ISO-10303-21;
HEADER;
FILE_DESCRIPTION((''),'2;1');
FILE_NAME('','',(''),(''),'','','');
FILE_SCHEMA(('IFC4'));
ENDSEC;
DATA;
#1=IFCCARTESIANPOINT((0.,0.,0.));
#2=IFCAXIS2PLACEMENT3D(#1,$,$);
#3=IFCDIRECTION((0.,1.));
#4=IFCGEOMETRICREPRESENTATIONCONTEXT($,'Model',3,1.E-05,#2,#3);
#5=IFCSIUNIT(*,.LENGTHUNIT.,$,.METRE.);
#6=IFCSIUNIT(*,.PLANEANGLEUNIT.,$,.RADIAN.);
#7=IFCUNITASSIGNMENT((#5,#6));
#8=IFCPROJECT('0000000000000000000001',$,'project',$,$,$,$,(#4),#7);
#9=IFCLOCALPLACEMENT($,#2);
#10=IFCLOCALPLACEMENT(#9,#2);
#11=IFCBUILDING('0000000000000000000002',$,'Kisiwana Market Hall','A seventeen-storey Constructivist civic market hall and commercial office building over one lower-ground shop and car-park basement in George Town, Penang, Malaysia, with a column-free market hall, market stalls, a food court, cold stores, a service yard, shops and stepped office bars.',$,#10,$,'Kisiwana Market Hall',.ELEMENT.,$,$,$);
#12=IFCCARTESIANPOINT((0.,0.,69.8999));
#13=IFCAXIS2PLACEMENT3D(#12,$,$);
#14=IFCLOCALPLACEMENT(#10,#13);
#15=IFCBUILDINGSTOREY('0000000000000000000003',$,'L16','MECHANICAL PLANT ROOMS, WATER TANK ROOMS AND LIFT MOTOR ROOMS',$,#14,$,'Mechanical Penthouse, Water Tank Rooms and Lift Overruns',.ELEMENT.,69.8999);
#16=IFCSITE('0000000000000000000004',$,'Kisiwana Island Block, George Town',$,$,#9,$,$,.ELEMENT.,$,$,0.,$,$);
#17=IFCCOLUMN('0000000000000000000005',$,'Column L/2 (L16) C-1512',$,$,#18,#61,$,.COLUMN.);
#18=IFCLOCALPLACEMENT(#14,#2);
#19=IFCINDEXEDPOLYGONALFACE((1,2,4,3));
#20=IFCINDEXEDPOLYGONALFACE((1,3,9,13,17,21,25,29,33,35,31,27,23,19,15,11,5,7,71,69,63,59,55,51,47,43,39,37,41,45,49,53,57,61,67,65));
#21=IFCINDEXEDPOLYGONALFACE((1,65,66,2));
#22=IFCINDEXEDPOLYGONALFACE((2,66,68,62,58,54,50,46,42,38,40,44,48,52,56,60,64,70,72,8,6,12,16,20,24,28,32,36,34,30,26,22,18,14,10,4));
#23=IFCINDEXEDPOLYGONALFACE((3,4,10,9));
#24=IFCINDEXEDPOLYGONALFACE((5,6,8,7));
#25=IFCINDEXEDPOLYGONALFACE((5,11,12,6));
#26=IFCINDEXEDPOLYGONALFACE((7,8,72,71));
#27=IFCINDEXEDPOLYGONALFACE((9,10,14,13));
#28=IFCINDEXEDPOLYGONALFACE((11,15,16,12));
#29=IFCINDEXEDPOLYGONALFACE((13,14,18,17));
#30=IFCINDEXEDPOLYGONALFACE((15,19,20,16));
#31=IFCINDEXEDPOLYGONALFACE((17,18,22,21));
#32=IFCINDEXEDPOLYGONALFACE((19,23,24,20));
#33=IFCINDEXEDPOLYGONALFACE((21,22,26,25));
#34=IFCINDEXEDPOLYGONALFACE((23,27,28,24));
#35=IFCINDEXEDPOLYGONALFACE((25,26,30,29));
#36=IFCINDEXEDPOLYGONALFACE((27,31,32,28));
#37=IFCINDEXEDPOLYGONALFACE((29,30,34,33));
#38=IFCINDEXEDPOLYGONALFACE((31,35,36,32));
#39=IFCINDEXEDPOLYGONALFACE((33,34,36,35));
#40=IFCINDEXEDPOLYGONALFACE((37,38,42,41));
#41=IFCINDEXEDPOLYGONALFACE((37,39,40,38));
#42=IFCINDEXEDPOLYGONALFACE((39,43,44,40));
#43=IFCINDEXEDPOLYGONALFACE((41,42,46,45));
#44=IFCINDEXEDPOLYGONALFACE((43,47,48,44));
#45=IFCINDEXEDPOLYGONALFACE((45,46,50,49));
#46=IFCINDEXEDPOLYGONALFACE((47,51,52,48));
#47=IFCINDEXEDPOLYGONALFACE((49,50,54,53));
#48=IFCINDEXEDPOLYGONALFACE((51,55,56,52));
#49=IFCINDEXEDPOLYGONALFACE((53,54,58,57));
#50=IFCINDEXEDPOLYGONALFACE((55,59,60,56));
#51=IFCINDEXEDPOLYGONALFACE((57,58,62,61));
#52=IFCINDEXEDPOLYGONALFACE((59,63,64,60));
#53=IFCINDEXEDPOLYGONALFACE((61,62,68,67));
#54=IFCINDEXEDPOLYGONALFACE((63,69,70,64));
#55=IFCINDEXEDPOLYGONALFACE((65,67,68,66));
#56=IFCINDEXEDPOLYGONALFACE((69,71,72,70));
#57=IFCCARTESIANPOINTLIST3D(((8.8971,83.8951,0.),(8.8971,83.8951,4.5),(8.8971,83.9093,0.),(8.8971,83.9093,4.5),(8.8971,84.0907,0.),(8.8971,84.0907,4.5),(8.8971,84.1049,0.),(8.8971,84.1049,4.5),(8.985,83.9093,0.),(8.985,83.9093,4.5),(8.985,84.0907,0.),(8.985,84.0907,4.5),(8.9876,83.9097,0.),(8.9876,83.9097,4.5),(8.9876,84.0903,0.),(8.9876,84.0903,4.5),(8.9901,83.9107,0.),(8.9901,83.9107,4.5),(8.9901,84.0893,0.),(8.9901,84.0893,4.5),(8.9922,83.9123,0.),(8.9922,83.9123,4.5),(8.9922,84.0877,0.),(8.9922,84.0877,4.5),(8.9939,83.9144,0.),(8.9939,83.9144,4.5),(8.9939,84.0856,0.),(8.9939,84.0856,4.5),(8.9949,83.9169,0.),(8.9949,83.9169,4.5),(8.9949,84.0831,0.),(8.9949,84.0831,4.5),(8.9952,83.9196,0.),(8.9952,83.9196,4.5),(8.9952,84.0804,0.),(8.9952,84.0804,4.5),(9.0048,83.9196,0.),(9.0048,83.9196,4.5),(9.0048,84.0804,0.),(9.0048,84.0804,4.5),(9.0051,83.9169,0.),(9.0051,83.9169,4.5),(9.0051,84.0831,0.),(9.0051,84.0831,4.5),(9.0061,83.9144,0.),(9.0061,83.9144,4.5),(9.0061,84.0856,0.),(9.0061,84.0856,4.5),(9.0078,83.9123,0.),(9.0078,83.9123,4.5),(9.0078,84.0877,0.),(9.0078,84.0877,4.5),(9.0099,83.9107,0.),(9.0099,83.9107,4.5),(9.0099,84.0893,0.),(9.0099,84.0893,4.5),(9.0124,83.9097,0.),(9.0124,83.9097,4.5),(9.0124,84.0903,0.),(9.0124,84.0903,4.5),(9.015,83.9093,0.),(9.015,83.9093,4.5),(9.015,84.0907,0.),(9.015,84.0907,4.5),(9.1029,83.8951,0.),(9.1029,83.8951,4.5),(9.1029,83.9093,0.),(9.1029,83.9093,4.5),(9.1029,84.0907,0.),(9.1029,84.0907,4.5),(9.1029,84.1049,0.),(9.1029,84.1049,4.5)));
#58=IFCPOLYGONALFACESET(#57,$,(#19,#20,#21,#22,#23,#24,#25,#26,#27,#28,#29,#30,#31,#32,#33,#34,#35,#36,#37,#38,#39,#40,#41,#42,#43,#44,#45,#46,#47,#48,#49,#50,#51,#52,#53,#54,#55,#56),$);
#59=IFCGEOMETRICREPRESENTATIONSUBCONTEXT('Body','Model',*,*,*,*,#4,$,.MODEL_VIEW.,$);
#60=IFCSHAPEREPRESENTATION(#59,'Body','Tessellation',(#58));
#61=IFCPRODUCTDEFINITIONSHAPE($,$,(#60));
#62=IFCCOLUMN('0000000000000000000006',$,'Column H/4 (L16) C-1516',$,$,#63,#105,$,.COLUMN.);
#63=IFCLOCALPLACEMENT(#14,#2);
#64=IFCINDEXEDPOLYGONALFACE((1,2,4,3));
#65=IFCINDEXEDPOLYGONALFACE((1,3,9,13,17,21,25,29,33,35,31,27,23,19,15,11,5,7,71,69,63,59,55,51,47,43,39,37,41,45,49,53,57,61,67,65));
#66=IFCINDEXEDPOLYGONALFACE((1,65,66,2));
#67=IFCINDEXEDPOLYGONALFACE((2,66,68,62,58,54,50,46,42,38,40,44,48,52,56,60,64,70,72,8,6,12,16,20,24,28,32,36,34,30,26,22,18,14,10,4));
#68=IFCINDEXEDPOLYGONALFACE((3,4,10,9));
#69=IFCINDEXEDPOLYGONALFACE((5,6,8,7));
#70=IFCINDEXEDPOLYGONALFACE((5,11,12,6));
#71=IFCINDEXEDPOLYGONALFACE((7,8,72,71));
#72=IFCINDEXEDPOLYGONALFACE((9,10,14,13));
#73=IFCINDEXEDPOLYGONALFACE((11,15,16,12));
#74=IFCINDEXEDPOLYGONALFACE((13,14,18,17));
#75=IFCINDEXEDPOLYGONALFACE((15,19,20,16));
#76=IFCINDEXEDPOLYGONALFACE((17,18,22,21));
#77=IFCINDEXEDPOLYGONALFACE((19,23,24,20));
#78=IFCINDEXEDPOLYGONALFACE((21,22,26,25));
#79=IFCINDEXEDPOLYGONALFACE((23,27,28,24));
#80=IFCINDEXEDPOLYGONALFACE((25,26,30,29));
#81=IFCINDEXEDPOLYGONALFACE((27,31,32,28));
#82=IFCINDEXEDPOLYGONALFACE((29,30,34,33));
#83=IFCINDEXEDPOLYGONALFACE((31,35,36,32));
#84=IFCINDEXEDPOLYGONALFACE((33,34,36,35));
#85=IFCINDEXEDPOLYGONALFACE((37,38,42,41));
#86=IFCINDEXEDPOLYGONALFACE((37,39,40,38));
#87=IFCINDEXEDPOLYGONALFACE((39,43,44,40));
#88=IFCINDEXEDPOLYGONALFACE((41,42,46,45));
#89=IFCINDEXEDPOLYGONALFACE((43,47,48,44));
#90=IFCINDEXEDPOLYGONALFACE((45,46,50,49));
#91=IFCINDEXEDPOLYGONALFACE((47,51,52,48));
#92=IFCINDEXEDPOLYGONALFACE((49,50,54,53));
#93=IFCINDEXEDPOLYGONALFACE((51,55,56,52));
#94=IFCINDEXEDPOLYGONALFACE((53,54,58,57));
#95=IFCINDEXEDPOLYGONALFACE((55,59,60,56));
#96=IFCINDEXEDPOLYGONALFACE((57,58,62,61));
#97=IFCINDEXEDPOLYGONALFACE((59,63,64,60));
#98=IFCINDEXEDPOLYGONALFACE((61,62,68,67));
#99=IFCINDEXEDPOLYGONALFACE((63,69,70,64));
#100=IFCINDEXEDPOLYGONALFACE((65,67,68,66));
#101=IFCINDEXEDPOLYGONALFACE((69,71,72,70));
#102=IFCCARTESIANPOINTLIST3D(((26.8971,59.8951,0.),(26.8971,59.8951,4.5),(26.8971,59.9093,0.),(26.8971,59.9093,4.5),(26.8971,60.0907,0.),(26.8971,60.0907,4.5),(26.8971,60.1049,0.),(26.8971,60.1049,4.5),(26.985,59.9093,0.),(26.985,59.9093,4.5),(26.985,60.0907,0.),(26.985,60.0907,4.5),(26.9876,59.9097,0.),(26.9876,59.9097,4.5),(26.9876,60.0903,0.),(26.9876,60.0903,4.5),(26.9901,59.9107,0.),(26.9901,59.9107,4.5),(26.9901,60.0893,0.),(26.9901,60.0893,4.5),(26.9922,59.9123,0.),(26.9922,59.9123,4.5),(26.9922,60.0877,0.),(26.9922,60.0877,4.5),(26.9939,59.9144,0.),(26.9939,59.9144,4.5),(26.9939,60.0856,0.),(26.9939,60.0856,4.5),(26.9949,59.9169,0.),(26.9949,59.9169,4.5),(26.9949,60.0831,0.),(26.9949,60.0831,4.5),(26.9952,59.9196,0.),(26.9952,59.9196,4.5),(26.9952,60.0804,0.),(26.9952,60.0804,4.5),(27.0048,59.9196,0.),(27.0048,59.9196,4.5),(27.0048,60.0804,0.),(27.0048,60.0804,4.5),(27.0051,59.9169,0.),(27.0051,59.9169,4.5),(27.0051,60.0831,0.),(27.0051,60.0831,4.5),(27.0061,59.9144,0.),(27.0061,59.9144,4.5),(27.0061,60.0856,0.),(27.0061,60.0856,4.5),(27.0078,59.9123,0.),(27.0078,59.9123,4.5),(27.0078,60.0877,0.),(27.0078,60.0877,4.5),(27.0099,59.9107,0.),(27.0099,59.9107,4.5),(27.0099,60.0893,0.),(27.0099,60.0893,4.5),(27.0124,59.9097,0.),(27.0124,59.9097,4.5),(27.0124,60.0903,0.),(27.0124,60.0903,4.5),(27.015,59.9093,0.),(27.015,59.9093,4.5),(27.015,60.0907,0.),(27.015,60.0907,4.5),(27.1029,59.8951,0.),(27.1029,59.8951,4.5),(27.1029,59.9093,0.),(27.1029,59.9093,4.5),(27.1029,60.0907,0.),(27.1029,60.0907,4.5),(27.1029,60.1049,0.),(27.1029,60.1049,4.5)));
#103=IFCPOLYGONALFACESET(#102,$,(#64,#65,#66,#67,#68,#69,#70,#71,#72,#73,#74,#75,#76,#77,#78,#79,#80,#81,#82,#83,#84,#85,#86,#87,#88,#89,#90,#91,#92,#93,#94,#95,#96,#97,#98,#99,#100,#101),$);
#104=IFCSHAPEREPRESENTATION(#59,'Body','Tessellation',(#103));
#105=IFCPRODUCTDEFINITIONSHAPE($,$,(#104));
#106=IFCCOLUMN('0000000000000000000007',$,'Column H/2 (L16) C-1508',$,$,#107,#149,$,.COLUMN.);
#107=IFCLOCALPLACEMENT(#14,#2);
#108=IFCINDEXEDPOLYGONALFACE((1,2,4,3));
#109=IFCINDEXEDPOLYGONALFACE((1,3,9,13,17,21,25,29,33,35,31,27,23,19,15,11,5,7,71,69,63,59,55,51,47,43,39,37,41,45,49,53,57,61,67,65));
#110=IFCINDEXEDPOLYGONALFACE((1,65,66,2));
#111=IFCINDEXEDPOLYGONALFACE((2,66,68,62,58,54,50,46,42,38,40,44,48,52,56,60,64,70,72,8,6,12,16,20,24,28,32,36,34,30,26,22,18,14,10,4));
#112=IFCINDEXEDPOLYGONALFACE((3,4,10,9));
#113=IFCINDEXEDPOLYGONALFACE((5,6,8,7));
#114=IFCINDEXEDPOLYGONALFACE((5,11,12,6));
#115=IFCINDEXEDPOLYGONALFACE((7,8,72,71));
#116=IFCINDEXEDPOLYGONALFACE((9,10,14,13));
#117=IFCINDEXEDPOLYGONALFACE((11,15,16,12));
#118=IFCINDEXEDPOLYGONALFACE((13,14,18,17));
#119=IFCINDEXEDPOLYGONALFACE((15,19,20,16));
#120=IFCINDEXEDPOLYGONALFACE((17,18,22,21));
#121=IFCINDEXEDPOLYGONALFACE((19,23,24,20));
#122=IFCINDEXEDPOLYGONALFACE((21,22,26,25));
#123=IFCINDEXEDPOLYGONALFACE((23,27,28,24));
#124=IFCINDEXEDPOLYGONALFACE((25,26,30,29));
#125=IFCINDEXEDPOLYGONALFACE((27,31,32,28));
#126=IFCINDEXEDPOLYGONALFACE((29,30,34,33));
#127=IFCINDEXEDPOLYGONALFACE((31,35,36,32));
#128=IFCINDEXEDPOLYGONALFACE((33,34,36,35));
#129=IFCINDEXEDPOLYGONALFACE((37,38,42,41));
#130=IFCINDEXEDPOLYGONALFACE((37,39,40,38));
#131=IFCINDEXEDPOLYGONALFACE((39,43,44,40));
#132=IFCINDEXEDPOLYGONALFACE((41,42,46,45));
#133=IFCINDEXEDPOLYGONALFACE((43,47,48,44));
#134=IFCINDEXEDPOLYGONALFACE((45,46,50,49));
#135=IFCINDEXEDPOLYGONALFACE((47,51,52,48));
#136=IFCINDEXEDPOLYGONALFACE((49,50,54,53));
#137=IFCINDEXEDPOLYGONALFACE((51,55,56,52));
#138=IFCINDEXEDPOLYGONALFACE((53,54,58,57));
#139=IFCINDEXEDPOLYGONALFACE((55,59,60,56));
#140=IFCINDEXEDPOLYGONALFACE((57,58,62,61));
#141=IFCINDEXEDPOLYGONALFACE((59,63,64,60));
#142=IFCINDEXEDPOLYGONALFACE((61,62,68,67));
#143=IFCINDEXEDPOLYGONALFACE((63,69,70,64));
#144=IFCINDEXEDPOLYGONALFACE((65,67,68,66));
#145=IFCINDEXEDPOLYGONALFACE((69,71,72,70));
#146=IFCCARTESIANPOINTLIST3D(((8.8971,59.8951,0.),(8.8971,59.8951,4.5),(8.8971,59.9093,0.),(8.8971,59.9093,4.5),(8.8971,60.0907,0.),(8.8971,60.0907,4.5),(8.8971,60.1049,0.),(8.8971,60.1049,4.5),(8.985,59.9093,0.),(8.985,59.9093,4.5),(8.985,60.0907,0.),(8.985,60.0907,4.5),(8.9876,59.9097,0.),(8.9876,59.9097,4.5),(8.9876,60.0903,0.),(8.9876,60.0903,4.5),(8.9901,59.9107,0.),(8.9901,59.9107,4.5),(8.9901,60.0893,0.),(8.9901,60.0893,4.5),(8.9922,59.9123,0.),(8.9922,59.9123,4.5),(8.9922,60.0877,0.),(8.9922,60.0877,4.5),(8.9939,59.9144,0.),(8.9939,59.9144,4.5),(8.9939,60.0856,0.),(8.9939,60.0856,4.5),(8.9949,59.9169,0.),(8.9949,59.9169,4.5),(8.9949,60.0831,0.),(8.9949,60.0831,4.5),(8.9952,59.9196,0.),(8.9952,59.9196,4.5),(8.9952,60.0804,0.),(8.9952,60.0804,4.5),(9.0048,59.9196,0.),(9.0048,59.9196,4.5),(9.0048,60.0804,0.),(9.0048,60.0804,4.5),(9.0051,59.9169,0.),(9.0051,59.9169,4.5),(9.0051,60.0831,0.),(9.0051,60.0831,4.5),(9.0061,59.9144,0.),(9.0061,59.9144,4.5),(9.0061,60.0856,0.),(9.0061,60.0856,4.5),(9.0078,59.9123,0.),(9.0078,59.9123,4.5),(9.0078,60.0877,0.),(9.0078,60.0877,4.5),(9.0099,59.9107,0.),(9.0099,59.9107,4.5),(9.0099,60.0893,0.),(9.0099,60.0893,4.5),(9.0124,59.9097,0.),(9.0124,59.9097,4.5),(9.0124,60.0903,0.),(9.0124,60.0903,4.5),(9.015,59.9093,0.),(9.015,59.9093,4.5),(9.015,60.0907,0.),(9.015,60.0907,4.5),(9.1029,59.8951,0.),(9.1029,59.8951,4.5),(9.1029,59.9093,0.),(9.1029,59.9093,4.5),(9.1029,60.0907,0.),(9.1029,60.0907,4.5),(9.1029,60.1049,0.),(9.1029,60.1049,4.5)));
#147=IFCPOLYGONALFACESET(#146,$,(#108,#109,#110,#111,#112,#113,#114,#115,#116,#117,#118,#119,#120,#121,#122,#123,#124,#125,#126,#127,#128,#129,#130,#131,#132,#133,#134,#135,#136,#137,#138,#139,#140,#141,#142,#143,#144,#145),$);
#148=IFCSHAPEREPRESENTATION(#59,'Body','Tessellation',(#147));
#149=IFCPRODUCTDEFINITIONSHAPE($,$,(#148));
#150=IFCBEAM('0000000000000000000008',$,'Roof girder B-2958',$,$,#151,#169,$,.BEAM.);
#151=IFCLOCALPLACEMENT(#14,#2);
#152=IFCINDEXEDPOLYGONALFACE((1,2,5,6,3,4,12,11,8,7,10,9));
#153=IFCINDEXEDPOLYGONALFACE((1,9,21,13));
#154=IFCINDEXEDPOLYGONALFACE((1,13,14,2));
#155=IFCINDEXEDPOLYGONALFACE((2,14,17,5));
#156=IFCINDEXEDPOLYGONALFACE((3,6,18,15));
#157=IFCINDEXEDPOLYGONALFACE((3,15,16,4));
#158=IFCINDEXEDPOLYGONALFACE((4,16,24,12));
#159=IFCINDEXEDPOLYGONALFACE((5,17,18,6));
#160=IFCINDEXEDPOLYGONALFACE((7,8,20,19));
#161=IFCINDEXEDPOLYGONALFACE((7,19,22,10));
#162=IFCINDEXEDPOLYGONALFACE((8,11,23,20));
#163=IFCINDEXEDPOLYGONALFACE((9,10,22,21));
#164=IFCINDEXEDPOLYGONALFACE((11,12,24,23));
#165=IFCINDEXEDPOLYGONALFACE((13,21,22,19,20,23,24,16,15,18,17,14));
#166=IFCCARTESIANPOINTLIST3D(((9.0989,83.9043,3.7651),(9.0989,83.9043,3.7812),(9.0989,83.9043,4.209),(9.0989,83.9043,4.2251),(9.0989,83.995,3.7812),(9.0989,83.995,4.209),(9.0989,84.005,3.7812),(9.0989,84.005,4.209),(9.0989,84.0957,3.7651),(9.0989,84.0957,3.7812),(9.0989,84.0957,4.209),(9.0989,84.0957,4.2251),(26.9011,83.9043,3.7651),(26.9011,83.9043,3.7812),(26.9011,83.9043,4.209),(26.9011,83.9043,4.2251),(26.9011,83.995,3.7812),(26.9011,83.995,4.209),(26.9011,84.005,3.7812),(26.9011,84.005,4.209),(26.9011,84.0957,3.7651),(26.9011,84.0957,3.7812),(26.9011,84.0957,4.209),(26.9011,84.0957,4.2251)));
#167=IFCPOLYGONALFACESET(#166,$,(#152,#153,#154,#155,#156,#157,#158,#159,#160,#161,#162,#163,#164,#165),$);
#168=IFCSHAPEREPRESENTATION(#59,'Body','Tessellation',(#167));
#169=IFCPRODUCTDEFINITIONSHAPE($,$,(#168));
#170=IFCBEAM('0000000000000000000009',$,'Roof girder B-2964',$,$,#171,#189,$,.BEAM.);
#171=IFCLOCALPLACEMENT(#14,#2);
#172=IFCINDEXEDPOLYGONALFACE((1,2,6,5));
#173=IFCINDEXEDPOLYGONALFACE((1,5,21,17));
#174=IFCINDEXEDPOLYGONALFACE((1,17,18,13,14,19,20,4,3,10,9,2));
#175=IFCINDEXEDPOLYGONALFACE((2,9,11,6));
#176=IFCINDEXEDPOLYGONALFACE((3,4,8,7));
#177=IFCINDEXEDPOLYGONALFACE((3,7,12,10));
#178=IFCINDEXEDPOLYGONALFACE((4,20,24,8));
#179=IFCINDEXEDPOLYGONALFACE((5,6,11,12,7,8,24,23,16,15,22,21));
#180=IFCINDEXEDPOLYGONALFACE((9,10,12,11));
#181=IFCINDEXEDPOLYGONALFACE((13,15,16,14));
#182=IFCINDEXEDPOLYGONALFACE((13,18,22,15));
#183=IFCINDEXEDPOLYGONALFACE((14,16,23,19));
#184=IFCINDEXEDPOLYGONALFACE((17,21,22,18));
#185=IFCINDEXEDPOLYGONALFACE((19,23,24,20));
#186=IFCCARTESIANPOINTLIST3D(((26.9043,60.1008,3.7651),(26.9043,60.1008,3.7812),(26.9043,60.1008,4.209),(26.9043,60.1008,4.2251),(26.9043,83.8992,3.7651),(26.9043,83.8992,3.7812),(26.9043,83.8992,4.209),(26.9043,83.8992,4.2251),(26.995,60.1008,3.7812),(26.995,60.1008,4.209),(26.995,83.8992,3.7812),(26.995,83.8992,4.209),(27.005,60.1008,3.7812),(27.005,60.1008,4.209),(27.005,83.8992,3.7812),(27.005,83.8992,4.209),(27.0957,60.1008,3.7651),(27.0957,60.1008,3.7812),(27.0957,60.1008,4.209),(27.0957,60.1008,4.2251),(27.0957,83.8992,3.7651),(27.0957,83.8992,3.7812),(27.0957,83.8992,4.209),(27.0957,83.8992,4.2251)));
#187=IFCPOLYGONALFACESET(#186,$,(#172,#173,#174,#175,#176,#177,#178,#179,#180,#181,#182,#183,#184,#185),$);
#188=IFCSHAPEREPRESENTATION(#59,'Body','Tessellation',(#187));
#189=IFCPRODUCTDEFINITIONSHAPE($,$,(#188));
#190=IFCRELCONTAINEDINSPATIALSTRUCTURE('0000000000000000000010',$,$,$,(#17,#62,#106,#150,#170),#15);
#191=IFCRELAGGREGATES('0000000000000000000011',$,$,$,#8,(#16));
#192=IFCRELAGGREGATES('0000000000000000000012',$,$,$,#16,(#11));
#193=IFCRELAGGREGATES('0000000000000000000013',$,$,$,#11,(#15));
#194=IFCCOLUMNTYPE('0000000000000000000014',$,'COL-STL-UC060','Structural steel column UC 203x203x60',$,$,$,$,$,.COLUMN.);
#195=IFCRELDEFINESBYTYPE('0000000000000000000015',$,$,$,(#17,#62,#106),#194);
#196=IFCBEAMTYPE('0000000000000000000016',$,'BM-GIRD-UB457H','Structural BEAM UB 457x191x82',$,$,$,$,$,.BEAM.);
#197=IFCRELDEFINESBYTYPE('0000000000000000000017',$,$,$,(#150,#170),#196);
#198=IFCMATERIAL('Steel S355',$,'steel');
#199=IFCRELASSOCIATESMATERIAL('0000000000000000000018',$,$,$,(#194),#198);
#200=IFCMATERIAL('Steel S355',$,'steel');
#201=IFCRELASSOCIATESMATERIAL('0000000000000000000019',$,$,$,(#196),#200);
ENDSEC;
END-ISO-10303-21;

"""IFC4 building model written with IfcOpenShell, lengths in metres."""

from ifc_helpers import new_model, si_unit, direction, frame, origin, origin_2d, place, context, subcontext, project, spatial, i_section, extrude, material, material_profile, profile_set, type_object, element, save


model = new_model("IFC4")

# Units and contexts
model_context = context("Model", 3, precision=1e-05, world=origin(), true_north=direction((0.0, 1.0)))
body_context = subcontext(model_context, "Body", "Model", "MODEL_VIEW")
ifc_project = project(units=[si_unit("LENGTHUNIT", "METRE"), si_unit("PLANEANGLEUNIT", "RADIAN")], contexts=[model_context])

# Site, building, storey
site_placement = place(None, origin())
site = spatial("IfcSite", under=ifc_project, at=site_placement, Name="Kisiwana Island Block, George Town", CompositionType="ELEMENT", RefElevation=0.0)
building_placement = place(site_placement, origin())
building = spatial("IfcBuilding", under=site, at=building_placement, Name="Kisiwana Market Hall", Description="A seventeen-storey Constructivist civic market hall and commercial office building over one lower-ground shop and car-park basement in George Town, Penang, Malaysia, with a column-free market hall, market stalls, a food court, cold stores, a service yard, shops and stepped office bars.", LongName="Kisiwana Market Hall", CompositionType="ELEMENT")
storey_placement = place(building_placement, frame((0.0, 0.0, 69.8999)))
storey = spatial("IfcBuildingStorey", under=building, at=storey_placement, Name="L16", Description="MECHANICAL PLANT ROOMS, WATER TANK ROOMS AND LIFT MOTOR ROOMS", LongName="Mechanical Penthouse, Water Tank Rooms and Lift Overruns", CompositionType="ELEMENT", Elevation=69.8999)

# Columns
ifc_material_1 = material(Name="Steel S355", Category="steel")
ifc_material_profile_1 = material_profile(ifc_material_1, i_section(OverallWidth=0.2058, OverallDepth=0.2097, WebThickness=0.0095, FlangeThickness=0.0142, FilletRadius=0.0103, at=origin_2d()), Name="UC 203x203x60")
ifc_profile_set_1 = profile_set([ifc_material_profile_1], Name="Steel S355")
column_type = type_object("IfcColumnType", Name="COL-STL-UC060", Description="Structural steel column UC 203x203x60", PredefinedType="COLUMN", material=ifc_profile_set_1)
for number, where, z_axis, x_axis, name in (
    (1, (9.0, 84.0, 0.0), (0.0, 0.0, 1.0), (1.0, 0.0, 0.0), "Column L/2 (L16) C-1512"),
    (2, (27.0, 60.0, 0.0), (0.0, 0.0, 1.0), (1.0, 0.0, 0.0), "Column H/4 (L16) C-1516"),
    (3, (9.0, 60.0, 0.0), (0.0, 0.0, 1.0), (1.0, 0.0, 0.0), "Column H/2 (L16) C-1508"),
):
    element("IfcColumn", number, at=place(storey_placement, frame(where, z_axis=z_axis, x_axis=x_axis)), inside=storey, type_object=column_type, Name=name, PredefinedType="COLUMN", context=body_context, shape_type="SweptSolid", body=[
        extrude(i_section(OverallWidth=0.2058, OverallDepth=0.2097, WebThickness=0.0095, FlangeThickness=0.0142, FilletRadius=0.0103, at=origin_2d()), origin(), (0.0, 0.0, 1.0), 4.5),
    ])

# Beams
ifc_material_2 = material(Name="Steel S355", Category="steel")
ifc_material_profile_2 = material_profile(ifc_material_2, i_section(OverallWidth=0.1914, OverallDepth=0.46, WebThickness=0.01, FlangeThickness=0.0161, at=origin_2d()), Name="UB 457x191x82")
ifc_profile_set_2 = profile_set([ifc_material_profile_2], Name="Steel S355")
beam_type_1 = type_object("IfcBeamType", Name="BM-GIRD-UB457H", Description="Structural BEAM UB 457x191x82", PredefinedType="BEAM", material=ifc_profile_set_2)
beam_1_placement = place(storey_placement, frame((9.0989, 84.0, 3.9951), z_axis=(1.0, 0.0, 0.0), x_axis=(0.0, 1.0, 0.0)))
element("IfcBeam", 4, at=beam_1_placement, inside=storey, type_object=beam_type_1, Name="Roof girder B-2958", PredefinedType="BEAM", context=body_context, shape_type="SweptSolid", body=[
    extrude(i_section(OverallWidth=0.1914, OverallDepth=0.46, WebThickness=0.01, FlangeThickness=0.0161, at=origin_2d()), origin(), (0.0, 0.0, 1.0), 17.8022),
])
beam_2_placement = place(storey_placement, frame((27.0, 60.1008, 3.9951), z_axis=(0.0, 1.0, 0.0), x_axis=(-1.0, 0.0, 0.0)))
element("IfcBeam", 5, at=beam_2_placement, inside=storey, type_object=beam_type_1, Name="Roof girder B-2964", PredefinedType="BEAM", context=body_context, shape_type="SweptSolid", body=[
    extrude(i_section(OverallWidth=0.1914, OverallDepth=0.46, WebThickness=0.01, FlangeThickness=0.0161, at=origin_2d()), origin(), (0.0, 0.0, 1.0), 23.7983),
])

save(model, "model.ifc")
